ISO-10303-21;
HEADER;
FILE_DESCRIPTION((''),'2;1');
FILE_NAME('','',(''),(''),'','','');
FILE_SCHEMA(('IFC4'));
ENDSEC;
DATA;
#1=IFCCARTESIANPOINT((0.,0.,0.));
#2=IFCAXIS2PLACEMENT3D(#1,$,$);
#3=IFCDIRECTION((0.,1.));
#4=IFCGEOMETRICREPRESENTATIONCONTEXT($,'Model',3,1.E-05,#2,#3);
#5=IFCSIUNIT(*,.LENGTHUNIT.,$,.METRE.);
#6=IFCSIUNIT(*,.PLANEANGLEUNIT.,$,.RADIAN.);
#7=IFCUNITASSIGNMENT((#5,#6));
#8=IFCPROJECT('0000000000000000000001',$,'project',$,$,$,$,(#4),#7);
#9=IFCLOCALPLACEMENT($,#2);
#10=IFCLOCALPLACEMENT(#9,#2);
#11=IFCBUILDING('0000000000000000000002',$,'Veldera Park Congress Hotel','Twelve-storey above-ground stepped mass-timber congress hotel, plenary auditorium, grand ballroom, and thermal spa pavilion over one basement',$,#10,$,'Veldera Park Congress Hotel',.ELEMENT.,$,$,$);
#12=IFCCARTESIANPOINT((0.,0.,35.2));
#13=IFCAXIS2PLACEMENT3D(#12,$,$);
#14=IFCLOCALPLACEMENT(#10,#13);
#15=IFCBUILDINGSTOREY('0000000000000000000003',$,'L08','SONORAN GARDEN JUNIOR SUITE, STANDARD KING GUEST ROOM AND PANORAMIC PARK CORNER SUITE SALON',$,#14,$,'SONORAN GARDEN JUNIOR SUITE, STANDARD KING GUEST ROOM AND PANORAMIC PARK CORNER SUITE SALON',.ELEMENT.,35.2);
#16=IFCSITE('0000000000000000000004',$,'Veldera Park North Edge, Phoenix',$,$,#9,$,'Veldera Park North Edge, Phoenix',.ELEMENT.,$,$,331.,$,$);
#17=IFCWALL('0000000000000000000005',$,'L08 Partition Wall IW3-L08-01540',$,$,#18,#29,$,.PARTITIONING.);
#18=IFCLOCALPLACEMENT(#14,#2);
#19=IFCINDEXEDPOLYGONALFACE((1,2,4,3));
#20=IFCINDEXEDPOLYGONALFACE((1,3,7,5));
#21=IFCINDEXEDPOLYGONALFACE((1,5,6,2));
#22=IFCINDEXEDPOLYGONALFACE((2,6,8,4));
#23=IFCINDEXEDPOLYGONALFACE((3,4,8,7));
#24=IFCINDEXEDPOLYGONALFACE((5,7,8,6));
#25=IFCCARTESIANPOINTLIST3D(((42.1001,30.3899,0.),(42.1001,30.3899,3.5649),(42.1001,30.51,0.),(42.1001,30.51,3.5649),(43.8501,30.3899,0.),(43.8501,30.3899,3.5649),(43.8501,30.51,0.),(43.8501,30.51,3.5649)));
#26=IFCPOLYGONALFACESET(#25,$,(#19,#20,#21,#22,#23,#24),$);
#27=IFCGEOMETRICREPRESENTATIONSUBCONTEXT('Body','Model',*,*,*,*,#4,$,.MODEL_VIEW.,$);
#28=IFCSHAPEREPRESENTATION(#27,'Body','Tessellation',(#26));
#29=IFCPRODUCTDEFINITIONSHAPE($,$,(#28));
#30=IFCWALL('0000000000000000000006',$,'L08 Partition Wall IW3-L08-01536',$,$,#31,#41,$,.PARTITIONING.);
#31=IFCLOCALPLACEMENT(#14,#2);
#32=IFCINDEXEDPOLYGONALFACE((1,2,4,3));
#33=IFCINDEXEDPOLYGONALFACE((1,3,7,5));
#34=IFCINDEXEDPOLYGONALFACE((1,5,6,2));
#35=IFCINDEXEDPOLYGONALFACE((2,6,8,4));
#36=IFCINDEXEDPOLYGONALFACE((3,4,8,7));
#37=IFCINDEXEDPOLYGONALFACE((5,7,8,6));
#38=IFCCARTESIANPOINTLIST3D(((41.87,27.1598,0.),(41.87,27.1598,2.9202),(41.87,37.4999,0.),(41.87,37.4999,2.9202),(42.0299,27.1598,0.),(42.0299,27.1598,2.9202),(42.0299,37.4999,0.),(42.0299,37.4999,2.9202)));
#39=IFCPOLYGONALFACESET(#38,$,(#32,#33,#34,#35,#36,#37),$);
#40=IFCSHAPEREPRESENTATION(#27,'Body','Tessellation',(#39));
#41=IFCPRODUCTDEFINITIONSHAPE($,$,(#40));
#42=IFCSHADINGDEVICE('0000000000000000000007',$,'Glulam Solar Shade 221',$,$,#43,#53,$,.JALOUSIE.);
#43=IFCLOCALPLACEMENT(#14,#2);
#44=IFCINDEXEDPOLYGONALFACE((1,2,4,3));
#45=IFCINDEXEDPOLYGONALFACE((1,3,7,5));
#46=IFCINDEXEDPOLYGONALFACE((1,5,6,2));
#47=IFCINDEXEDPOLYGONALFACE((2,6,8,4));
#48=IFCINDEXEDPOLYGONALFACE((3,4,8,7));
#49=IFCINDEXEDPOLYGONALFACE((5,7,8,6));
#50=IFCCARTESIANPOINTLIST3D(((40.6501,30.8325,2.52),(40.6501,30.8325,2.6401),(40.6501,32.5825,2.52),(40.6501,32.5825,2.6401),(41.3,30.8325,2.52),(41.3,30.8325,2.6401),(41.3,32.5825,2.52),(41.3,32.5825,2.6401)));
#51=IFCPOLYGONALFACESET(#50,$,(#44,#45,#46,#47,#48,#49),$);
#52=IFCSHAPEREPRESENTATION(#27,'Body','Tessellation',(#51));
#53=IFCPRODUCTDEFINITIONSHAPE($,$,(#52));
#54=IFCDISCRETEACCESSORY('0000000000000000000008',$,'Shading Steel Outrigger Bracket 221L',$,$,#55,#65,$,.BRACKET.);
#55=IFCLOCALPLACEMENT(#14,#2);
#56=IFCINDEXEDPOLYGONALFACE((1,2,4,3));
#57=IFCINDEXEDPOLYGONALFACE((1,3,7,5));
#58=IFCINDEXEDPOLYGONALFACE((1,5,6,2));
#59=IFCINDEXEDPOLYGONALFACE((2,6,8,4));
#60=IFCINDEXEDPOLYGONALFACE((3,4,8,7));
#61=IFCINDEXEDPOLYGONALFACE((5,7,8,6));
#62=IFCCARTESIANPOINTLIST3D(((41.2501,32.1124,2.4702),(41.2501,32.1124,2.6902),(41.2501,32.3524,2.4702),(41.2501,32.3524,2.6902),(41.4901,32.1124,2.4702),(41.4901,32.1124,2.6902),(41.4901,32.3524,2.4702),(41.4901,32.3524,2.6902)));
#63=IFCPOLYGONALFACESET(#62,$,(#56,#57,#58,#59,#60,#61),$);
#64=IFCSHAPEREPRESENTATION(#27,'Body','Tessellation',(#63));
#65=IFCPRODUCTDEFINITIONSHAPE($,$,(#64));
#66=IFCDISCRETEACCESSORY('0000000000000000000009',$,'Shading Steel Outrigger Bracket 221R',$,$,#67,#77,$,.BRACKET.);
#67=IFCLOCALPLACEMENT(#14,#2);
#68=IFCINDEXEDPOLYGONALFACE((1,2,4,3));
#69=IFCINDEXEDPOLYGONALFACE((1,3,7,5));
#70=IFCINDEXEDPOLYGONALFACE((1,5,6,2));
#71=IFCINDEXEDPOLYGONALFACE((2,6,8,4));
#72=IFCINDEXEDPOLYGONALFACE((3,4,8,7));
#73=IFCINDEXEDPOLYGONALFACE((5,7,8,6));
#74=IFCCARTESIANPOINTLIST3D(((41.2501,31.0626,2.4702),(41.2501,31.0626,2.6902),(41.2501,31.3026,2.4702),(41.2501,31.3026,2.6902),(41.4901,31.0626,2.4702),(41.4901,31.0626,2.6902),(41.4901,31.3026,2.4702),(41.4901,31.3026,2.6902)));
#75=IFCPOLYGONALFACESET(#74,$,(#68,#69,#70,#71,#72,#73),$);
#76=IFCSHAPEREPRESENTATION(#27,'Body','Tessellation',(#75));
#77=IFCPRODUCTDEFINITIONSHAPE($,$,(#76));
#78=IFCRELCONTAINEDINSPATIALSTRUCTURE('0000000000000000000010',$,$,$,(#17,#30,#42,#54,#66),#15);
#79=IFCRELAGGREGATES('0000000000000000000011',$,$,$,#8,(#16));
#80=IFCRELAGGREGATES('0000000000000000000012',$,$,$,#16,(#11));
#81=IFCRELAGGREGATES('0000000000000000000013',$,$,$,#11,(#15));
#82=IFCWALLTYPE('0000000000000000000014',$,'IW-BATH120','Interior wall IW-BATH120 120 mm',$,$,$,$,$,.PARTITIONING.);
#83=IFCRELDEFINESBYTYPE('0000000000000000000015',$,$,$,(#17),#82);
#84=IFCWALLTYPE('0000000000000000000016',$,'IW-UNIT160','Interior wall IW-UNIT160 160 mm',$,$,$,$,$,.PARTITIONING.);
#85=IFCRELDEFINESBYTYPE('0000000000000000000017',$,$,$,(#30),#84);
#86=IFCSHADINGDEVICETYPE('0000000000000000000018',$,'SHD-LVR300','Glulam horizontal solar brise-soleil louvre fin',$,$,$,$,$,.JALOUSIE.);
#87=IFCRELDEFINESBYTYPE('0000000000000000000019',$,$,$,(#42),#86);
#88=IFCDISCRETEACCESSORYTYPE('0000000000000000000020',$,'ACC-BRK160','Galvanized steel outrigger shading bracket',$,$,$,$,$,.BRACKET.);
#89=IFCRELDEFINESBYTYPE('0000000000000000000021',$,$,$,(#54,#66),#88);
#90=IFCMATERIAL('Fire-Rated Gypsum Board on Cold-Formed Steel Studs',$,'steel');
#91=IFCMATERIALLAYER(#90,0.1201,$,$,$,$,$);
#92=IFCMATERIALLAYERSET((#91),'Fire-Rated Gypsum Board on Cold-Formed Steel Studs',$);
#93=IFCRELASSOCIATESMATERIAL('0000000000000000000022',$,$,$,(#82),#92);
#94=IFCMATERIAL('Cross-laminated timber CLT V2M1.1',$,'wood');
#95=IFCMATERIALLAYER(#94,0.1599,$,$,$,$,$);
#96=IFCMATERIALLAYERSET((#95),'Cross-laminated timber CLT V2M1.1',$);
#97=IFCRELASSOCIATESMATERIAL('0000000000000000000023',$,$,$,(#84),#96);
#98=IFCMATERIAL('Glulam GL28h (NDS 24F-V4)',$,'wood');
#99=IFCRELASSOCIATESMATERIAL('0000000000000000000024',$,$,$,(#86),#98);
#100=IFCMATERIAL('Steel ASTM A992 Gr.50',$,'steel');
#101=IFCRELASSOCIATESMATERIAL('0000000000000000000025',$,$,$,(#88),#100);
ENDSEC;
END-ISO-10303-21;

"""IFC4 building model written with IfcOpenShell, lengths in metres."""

from ifc_helpers import new_model, si_unit, direction, frame, frame_2d, origin, origin_2d, place, context, subcontext, project, spatial, rectangle, extrude, material, layer, layer_set, type_object, element, save


model = new_model("IFC4")

# Units and contexts
model_context = context("Model", 3, precision=1e-05, world=origin(), true_north=direction((0.0, 1.0)))
body_context = subcontext(model_context, "Body", "Model", "MODEL_VIEW")
ifc_project = project(units=[si_unit("LENGTHUNIT", "METRE"), si_unit("PLANEANGLEUNIT", "RADIAN")], contexts=[model_context])

# Site, building, storey
site_placement = place(None, origin())
site = spatial("IfcSite", under=ifc_project, at=site_placement, Name="Veldera Park North Edge, Phoenix", LongName="Veldera Park North Edge, Phoenix", CompositionType="ELEMENT", RefElevation=331.0)
building_placement = place(site_placement, origin())
building = spatial("IfcBuilding", under=site, at=building_placement, Name="Veldera Park Congress Hotel", Description="Twelve-storey above-ground stepped mass-timber congress hotel, plenary auditorium, grand ballroom, and thermal spa pavilion over one basement", LongName="Veldera Park Congress Hotel", CompositionType="ELEMENT")
storey_placement = place(building_placement, frame((0.0, 0.0, 35.2)))
storey = spatial("IfcBuildingStorey", under=building, at=storey_placement, Name="L08", Description="SONORAN GARDEN JUNIOR SUITE, STANDARD KING GUEST ROOM AND PANORAMIC PARK CORNER SUITE SALON", LongName="SONORAN GARDEN JUNIOR SUITE, STANDARD KING GUEST ROOM AND PANORAMIC PARK CORNER SUITE SALON", CompositionType="ELEMENT", Elevation=35.2)

# Shared definitions
ifc_material_1 = material(Name="Glulam GL28h (NDS 24F-V4)", Category="wood")

# Shared definitions
ifc_material_2 = material(Name="Cross-laminated timber CLT V2M1.1", Category="wood")

# Shared definitions
ifc_material_3 = material(Name="Fire-Rated Gypsum Board on Cold-Formed Steel Studs", Category="steel")
ifc_layer_1 = layer(ifc_material_3, 0.1201)
ifc_layer_set_1 = layer_set([ifc_layer_1], Name="Fire-Rated Gypsum Board on Cold-Formed Steel Studs")
wall_type_1 = type_object("IfcWallType", Name="IW-BATH120", Description="Interior wall IW-BATH120 120 mm", PredefinedType="PARTITIONING", material=ifc_layer_set_1)

# Walls
wall_1_placement = place(storey_placement, frame((42.1001, 30.45, 0.0), z_axis=(0.0, 0.0, 1.0), x_axis=(1.0, 0.0, 0.0)))
element("IfcWall", 1, at=wall_1_placement, inside=storey, type_object=wall_type_1, Name="L08 Partition Wall IW3-L08-01540", PredefinedType="PARTITIONING", context=body_context, shape_type="SweptSolid", body=[
    extrude(rectangle(XDim=1.75, YDim=0.1201, at=frame_2d((0.875, 0.0))), origin(), (0.0, 0.0, 1.0), 3.5649),
])
ifc_layer_2 = layer(ifc_material_2, 0.1599)
ifc_layer_set_2 = layer_set([ifc_layer_2], Name="Cross-laminated timber CLT V2M1.1")
wall_type_2 = type_object("IfcWallType", Name="IW-UNIT160", Description="Interior wall IW-UNIT160 160 mm", PredefinedType="PARTITIONING", material=ifc_layer_set_2)
wall_2_placement = place(storey_placement, frame((41.95, 27.1599, 0.0), z_axis=(0.0, 0.0, 1.0), x_axis=(0.0, 1.0, 0.0)))
element("IfcWall", 2, at=wall_2_placement, inside=storey, type_object=wall_type_2, Name="L08 Partition Wall IW3-L08-01536", PredefinedType="PARTITIONING", context=body_context, shape_type="SweptSolid", body=[
    extrude(rectangle(XDim=10.3401, YDim=0.1599, at=frame_2d((5.1699, 0.0))), origin(), (0.0, 0.0, 1.0), 2.9202),
])

# Shading device
shading_device_type = type_object("IfcShadingDeviceType", Name="SHD-LVR300", Description="Glulam horizontal solar brise-soleil louvre fin", PredefinedType="JALOUSIE", material=ifc_material_1)
shading_device_placement = place(storey_placement, frame((40.9751, 31.7075, 2.52), z_axis=(0.0, 0.0, 1.0), x_axis=(0.0, -1.0, 0.0)))
element("IfcShadingDevice", 3, at=shading_device_placement, inside=storey, type_object=shading_device_type, Name="Glulam Solar Shade 221", PredefinedType="JALOUSIE", context=body_context, shape_type="SweptSolid", body=[
    extrude(rectangle(XDim=1.75, YDim=0.6499, at=origin_2d()), origin(), (0.0, 0.0, 1.0), 0.1201),
])

# Discrete accessories
ifc_material_4 = material(Name="Steel ASTM A992 Gr.50", Category="steel")
discrete_accessory_type = type_object("IfcDiscreteAccessoryType", Name="ACC-BRK160", Description="Galvanized steel outrigger shading bracket", PredefinedType="BRACKET", material=ifc_material_4)
for number, where, z_axis, x_axis, name in (
    (4, (41.3701, 32.2324, 2.4702), (0.0, 0.0, 1.0), (0.0, -1.0, 0.0), "Shading Steel Outrigger Bracket 221L"),
    (5, (41.3701, 31.1826, 2.4702), (0.0, 0.0, 1.0), (0.0, -1.0, 0.0), "Shading Steel Outrigger Bracket 221R"),
):
    element("IfcDiscreteAccessory", number, at=place(storey_placement, frame(where, z_axis=z_axis, x_axis=x_axis)), inside=storey, type_object=discrete_accessory_type, Name=name, PredefinedType="BRACKET", context=body_context, shape_type="SweptSolid", body=[
        extrude(rectangle(XDim=0.24, YDim=0.24, at=origin_2d()), origin(), (0.0, 0.0, 1.0), 0.22),
    ])

save(model, "model.ifc")
